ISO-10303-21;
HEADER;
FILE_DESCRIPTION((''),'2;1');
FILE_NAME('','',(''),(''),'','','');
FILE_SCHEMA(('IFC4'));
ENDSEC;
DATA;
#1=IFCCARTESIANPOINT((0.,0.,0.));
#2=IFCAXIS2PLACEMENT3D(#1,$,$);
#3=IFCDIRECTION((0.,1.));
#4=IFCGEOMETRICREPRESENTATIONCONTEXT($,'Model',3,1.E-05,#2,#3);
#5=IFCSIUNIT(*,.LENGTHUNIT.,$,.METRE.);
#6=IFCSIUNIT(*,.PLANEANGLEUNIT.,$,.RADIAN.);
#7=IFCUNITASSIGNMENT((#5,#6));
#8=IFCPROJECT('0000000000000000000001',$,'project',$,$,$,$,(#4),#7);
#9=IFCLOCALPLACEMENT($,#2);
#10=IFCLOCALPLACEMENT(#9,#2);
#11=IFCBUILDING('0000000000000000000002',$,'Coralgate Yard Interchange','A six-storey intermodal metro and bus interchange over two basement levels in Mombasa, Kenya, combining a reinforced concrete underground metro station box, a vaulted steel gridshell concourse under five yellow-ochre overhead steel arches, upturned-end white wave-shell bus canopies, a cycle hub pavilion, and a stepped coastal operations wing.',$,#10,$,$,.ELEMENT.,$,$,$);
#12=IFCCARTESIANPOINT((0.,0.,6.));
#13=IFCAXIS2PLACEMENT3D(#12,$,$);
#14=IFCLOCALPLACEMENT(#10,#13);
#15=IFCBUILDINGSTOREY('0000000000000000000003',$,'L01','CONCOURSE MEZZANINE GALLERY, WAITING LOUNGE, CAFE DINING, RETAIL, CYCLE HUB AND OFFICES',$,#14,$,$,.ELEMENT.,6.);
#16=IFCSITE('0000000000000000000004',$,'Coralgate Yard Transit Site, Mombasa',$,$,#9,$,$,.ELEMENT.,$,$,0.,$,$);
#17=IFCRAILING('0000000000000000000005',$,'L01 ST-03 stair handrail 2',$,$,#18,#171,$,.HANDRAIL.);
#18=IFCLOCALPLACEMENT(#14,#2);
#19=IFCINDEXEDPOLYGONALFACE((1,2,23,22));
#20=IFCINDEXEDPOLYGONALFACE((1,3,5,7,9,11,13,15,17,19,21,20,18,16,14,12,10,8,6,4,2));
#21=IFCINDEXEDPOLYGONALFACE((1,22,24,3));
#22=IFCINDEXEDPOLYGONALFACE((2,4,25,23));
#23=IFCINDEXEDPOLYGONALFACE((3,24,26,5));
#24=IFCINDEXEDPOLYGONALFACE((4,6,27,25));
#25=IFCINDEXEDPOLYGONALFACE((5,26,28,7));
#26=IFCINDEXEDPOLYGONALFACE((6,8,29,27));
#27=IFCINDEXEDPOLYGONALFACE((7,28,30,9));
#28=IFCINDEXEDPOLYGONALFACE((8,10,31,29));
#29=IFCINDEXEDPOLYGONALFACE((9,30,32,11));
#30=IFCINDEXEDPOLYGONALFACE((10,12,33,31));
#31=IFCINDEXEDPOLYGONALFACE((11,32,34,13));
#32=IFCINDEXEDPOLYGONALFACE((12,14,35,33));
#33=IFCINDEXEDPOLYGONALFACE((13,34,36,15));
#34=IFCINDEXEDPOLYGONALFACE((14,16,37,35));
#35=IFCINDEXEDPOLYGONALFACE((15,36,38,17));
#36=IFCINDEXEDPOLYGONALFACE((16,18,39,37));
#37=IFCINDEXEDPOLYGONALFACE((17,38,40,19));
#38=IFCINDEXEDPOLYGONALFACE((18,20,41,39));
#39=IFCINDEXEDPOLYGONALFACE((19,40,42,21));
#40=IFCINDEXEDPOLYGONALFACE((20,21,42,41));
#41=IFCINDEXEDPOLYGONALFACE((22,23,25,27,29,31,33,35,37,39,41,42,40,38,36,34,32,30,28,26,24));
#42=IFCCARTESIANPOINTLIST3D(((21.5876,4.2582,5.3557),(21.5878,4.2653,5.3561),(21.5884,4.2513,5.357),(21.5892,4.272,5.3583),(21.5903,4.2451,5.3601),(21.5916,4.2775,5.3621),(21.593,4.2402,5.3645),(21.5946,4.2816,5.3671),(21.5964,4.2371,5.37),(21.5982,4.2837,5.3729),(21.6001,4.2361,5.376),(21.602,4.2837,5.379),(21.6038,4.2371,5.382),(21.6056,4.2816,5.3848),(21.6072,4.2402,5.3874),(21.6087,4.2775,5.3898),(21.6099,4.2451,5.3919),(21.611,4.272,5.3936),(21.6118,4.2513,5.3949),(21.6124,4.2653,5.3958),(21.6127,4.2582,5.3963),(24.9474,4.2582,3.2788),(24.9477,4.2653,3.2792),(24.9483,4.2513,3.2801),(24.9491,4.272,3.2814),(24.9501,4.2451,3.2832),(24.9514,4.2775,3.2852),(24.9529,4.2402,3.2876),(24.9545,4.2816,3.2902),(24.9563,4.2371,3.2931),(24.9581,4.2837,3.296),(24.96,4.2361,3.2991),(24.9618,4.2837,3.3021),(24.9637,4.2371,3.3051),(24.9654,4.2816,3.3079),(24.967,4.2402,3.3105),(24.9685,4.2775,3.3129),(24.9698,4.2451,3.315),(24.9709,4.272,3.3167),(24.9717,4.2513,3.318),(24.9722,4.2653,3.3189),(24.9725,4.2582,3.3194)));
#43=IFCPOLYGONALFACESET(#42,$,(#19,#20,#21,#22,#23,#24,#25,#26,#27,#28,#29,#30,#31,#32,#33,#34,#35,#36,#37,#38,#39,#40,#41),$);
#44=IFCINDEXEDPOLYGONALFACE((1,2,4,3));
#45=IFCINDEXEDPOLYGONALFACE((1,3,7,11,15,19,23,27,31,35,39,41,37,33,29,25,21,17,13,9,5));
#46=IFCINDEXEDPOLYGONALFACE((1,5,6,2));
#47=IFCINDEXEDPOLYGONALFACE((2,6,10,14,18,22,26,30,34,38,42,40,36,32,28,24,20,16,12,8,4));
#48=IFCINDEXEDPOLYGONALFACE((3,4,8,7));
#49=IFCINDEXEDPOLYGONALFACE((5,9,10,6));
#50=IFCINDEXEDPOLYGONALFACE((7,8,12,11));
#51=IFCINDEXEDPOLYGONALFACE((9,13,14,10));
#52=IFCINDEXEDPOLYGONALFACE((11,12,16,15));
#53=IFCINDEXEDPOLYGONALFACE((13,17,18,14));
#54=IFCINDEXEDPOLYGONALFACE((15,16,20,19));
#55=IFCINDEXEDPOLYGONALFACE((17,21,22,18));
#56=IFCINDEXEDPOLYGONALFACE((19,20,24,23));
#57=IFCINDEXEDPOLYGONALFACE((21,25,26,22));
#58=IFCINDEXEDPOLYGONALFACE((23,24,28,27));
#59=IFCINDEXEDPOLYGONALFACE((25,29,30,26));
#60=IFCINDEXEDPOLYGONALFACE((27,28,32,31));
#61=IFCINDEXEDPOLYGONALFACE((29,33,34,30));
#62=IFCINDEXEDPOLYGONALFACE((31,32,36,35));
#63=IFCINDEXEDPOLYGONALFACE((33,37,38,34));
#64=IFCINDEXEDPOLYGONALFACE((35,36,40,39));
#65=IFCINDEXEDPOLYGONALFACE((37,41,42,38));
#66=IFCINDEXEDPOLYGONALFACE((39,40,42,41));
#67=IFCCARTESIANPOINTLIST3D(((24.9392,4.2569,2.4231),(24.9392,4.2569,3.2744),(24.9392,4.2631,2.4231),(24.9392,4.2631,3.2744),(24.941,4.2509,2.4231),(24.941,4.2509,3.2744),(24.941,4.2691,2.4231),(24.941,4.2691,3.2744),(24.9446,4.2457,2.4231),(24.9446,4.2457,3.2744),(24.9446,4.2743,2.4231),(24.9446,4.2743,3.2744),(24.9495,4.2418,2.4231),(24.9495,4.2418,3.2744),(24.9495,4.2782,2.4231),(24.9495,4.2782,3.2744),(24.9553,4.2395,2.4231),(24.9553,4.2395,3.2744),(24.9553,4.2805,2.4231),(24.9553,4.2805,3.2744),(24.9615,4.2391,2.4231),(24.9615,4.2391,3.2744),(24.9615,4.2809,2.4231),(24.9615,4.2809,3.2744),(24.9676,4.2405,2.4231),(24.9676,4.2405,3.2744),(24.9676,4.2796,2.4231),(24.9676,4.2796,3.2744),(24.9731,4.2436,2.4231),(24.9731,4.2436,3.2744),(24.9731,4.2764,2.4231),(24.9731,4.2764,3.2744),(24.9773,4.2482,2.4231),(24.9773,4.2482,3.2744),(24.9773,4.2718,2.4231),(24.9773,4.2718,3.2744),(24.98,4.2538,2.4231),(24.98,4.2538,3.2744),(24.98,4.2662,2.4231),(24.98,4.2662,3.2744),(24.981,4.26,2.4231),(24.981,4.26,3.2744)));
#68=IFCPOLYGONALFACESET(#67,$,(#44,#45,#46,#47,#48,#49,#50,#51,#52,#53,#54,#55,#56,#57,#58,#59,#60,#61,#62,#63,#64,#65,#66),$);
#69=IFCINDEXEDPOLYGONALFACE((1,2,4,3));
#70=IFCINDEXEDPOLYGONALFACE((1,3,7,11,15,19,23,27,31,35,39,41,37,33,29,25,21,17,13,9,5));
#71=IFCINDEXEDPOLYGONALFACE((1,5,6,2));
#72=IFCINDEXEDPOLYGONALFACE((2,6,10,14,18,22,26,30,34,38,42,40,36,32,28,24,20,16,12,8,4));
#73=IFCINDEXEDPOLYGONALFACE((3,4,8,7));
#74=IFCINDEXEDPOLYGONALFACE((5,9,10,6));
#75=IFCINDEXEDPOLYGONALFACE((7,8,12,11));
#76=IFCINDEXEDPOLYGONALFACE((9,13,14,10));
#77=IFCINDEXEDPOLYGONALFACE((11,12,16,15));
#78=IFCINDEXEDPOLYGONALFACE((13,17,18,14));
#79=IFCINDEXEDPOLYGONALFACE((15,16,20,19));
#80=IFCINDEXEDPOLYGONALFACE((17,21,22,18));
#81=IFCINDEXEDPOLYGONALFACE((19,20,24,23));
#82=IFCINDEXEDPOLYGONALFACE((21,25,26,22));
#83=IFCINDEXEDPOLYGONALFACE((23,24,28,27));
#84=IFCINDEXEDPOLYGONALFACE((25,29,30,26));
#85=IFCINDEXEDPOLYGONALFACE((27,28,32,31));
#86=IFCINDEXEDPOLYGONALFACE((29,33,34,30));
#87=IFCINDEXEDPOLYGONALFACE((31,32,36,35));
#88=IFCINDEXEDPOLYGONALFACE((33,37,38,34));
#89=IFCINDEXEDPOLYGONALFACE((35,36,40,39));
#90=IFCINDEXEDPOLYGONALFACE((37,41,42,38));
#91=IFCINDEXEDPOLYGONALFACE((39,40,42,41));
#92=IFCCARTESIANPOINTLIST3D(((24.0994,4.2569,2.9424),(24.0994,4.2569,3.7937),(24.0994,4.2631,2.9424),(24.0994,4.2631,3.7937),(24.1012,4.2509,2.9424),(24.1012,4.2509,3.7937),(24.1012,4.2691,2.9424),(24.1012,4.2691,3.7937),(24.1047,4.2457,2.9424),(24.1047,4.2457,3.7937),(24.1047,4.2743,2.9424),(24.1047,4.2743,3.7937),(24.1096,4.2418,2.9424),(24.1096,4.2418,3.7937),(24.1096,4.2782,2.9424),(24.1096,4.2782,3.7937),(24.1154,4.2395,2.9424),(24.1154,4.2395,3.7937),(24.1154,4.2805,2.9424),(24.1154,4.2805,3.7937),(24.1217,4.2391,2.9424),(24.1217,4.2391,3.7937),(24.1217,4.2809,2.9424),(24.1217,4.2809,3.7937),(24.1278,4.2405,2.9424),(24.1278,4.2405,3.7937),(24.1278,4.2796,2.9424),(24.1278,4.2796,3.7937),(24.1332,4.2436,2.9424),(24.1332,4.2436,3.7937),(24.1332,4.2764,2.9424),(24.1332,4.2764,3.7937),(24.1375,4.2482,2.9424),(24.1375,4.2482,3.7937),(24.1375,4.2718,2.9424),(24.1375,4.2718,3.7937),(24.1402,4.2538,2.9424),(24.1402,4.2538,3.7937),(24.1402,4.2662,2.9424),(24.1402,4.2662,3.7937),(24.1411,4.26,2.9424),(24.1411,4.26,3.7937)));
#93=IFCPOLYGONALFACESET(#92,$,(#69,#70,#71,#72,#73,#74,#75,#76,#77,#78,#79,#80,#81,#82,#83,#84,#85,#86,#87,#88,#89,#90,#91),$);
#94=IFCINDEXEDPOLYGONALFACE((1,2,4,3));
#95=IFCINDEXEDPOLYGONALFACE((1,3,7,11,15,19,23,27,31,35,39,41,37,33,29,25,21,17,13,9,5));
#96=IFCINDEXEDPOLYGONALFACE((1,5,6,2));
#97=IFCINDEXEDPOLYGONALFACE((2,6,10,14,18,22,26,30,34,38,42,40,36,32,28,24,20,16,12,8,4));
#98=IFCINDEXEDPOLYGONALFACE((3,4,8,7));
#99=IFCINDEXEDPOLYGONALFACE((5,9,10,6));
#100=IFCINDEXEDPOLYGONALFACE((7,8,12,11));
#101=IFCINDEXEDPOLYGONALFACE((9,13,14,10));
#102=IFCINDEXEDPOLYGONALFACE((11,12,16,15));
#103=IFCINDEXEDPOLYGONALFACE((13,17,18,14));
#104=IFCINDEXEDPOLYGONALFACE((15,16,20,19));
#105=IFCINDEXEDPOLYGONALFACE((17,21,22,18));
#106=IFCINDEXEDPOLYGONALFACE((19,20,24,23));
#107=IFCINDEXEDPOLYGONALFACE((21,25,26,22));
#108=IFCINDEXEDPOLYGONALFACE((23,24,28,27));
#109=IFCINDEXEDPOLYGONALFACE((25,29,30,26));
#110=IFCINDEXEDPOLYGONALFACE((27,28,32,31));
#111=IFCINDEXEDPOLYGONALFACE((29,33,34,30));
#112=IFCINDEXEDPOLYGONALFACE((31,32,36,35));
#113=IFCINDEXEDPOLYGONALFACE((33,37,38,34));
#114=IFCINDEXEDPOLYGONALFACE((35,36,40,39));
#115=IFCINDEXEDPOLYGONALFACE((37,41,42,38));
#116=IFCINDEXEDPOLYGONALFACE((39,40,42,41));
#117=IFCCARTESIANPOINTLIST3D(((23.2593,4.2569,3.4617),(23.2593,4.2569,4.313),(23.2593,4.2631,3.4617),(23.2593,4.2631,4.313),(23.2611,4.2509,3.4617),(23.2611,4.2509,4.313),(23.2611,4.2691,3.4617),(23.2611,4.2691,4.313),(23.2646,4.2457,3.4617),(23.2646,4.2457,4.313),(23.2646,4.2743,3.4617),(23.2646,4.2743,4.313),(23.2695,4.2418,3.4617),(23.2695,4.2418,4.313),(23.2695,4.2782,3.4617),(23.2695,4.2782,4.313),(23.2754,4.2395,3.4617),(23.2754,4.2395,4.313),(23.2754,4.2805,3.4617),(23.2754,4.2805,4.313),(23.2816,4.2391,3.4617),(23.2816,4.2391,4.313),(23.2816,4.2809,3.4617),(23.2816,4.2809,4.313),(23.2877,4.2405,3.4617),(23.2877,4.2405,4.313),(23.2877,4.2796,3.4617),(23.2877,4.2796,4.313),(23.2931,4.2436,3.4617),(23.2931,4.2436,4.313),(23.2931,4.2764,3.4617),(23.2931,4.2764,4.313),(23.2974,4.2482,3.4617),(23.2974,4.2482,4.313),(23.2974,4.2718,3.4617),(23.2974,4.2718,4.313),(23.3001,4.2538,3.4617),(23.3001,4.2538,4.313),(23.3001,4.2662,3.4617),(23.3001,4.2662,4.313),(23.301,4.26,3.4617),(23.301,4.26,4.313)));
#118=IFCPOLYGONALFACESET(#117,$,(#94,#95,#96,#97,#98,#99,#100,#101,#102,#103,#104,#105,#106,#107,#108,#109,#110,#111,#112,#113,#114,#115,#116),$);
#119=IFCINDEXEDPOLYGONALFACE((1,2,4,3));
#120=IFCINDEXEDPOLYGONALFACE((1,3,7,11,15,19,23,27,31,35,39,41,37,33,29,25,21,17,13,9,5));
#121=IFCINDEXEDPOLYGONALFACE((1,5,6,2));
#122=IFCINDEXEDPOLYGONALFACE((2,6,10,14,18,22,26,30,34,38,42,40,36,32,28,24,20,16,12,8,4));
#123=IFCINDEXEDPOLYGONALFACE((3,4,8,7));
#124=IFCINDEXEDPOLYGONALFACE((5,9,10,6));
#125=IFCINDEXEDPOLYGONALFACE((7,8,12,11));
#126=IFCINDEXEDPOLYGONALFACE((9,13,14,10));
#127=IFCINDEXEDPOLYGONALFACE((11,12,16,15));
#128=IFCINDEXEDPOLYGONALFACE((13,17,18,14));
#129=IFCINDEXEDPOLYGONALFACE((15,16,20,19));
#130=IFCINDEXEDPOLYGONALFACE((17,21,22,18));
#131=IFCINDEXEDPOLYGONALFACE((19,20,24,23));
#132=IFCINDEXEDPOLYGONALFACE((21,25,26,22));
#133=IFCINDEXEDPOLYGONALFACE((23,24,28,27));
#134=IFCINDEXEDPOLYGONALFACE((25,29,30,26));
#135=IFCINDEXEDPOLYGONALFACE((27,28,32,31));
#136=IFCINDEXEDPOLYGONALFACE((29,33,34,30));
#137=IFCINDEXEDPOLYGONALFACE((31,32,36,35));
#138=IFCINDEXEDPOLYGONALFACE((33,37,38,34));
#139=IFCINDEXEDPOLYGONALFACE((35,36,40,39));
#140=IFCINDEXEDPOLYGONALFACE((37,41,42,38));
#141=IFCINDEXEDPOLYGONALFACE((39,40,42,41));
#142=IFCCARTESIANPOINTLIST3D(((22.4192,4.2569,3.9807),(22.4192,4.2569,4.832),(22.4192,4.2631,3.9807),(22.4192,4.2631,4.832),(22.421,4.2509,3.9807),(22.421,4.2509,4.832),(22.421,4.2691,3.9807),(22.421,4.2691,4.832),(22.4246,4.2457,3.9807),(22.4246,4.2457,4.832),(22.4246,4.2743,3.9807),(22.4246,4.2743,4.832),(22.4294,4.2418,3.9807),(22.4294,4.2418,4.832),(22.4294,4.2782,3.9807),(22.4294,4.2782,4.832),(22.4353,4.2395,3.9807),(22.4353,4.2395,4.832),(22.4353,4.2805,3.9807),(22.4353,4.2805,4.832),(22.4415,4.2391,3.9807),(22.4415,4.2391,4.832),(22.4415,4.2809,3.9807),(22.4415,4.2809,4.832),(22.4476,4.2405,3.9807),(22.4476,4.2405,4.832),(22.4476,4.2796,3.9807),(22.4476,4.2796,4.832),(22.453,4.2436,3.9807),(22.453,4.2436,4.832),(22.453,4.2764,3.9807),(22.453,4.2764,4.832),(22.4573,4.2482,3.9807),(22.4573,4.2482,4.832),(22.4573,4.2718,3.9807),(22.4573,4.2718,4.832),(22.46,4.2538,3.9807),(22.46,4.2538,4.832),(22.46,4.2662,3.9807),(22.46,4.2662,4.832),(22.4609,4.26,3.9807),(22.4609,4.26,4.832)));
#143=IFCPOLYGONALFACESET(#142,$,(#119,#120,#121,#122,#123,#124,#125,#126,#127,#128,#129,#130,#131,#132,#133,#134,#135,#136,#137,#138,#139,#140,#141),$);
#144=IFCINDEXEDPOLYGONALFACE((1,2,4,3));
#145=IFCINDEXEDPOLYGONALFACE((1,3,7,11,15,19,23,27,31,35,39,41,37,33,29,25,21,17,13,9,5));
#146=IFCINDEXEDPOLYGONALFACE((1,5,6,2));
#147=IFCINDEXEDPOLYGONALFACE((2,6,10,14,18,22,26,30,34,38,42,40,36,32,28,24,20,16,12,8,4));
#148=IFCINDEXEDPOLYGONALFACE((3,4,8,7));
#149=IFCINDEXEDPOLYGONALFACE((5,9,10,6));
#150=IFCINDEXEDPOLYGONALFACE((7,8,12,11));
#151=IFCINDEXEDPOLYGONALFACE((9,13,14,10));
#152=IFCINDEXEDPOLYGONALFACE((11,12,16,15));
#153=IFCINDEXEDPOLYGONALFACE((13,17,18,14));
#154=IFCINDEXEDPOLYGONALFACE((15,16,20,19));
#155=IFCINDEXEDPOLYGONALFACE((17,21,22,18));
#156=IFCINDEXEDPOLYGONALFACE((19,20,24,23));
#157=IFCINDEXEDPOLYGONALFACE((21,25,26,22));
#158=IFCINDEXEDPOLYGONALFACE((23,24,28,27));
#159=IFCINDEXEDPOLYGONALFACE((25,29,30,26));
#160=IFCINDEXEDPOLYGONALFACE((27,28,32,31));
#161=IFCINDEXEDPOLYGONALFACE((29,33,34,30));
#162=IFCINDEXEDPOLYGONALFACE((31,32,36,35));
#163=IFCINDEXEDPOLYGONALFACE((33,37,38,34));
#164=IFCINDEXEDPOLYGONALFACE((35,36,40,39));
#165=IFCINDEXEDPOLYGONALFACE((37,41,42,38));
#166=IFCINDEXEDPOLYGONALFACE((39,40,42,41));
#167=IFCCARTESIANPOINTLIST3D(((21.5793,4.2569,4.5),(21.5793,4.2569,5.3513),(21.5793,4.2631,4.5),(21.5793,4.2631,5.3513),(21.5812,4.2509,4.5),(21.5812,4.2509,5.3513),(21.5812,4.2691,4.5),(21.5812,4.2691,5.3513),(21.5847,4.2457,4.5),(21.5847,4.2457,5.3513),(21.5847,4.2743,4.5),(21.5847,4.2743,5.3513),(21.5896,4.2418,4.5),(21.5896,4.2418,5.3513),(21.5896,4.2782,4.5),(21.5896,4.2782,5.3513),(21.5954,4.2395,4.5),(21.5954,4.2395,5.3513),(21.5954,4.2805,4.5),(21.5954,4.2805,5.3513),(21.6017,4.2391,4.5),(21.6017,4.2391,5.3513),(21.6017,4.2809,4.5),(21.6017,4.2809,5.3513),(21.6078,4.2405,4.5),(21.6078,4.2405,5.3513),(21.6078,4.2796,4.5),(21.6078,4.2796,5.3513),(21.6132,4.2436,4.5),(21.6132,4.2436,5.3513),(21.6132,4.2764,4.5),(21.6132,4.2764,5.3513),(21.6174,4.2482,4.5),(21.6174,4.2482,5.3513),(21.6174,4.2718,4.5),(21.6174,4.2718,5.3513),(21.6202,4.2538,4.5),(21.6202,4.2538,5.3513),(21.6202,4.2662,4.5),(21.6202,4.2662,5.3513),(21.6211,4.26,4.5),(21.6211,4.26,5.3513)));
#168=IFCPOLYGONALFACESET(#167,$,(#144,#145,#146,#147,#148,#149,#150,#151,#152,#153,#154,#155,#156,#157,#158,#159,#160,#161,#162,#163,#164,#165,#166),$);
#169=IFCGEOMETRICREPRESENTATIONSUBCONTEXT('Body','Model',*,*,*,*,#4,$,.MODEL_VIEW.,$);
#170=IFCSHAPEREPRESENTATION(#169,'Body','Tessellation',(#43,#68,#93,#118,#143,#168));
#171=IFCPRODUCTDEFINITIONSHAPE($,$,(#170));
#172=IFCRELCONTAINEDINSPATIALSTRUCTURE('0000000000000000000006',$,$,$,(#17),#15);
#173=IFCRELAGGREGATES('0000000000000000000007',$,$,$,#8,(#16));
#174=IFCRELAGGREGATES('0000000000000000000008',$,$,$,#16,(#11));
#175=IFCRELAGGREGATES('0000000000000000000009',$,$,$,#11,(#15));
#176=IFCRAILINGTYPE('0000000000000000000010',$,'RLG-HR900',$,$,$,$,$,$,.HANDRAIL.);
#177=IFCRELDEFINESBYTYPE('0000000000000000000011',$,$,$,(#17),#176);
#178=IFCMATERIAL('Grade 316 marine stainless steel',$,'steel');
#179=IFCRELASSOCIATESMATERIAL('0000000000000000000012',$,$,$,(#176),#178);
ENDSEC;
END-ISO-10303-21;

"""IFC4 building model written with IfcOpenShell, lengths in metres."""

from ifc_helpers import new_model, si_unit, direction, frame, origin, origin_2d, place, context, subcontext, project, spatial, circle, extrude, material, type_object, element, save


model = new_model("IFC4")

# Units and contexts
model_context = context("Model", 3, precision=1e-05, world=origin(), true_north=direction((0.0, 1.0)))
body_context = subcontext(model_context, "Body", "Model", "MODEL_VIEW")
ifc_project = project(units=[si_unit("LENGTHUNIT", "METRE"), si_unit("PLANEANGLEUNIT", "RADIAN")], contexts=[model_context])

# Site, building, storey
site_placement = place(None, origin())
site = spatial("IfcSite", under=ifc_project, at=site_placement, Name="Coralgate Yard Transit Site, Mombasa", CompositionType="ELEMENT", RefElevation=0.0)
building_placement = place(site_placement, origin())
building = spatial("IfcBuilding", under=site, at=building_placement, Name="Coralgate Yard Interchange", Description="A six-storey intermodal metro and bus interchange over two basement levels in Mombasa, Kenya, combining a reinforced concrete underground metro station box, a vaulted steel gridshell concourse under five yellow-ochre overhead steel arches, upturned-end white wave-shell bus canopies, a cycle hub pavilion, and a stepped coastal operations wing.", CompositionType="ELEMENT")
storey_placement = place(building_placement, frame((0.0, 0.0, 6.0)))
storey = spatial("IfcBuildingStorey", under=building, at=storey_placement, Name="L01", Description="CONCOURSE MEZZANINE GALLERY, WAITING LOUNGE, CAFE DINING, RETAIL, CYCLE HUB AND OFFICES", CompositionType="ELEMENT", Elevation=6.0)

# Railing
ifc_material_1 = material(Name="Grade 316 marine stainless steel", Category="steel")
railing_type_1 = type_object("IfcRailingType", Name="RLG-HR900", PredefinedType="HANDRAIL", material=ifc_material_1)
railing_1_placement = place(storey_placement, frame((24.96, 4.26, 2.4231)))
element("IfcRailing", 1, at=railing_1_placement, inside=storey, type_object=railing_type_1, Name="L01 ST-03 stair handrail 2", PredefinedType="HANDRAIL", context=body_context, shape_type="SweptSolid", body=[
    extrude(circle(Radius=0.0239, at=origin_2d()), frame((0.0, 0.0, 0.876), z_axis=(-0.850606, 0.0, 0.525803), x_axis=(0.0, -1.0, 0.0)), (0.0, 0.0, 1.0), 3.95),
    extrude(circle(Radius=0.021, at=origin_2d()), origin(), (0.0, 0.0, 1.0), 0.8513),
    extrude(circle(Radius=0.021, at=origin_2d()), frame((-0.8398, 0.0, 0.5193)), (0.0, 0.0, 1.0), 0.8513),
    extrude(circle(Radius=0.021, at=origin_2d()), frame((-1.6799, 0.0, 1.0386)), (0.0, 0.0, 1.0), 0.8513),
    extrude(circle(Radius=0.021, at=origin_2d()), frame((-2.52, 0.0, 1.5576)), (0.0, 0.0, 1.0), 0.8513),
    extrude(circle(Radius=0.021, at=origin_2d()), frame((-3.3599, 0.0, 2.0769)), (0.0, 0.0, 1.0), 0.8513),
])

save(model, "model.ifc")
